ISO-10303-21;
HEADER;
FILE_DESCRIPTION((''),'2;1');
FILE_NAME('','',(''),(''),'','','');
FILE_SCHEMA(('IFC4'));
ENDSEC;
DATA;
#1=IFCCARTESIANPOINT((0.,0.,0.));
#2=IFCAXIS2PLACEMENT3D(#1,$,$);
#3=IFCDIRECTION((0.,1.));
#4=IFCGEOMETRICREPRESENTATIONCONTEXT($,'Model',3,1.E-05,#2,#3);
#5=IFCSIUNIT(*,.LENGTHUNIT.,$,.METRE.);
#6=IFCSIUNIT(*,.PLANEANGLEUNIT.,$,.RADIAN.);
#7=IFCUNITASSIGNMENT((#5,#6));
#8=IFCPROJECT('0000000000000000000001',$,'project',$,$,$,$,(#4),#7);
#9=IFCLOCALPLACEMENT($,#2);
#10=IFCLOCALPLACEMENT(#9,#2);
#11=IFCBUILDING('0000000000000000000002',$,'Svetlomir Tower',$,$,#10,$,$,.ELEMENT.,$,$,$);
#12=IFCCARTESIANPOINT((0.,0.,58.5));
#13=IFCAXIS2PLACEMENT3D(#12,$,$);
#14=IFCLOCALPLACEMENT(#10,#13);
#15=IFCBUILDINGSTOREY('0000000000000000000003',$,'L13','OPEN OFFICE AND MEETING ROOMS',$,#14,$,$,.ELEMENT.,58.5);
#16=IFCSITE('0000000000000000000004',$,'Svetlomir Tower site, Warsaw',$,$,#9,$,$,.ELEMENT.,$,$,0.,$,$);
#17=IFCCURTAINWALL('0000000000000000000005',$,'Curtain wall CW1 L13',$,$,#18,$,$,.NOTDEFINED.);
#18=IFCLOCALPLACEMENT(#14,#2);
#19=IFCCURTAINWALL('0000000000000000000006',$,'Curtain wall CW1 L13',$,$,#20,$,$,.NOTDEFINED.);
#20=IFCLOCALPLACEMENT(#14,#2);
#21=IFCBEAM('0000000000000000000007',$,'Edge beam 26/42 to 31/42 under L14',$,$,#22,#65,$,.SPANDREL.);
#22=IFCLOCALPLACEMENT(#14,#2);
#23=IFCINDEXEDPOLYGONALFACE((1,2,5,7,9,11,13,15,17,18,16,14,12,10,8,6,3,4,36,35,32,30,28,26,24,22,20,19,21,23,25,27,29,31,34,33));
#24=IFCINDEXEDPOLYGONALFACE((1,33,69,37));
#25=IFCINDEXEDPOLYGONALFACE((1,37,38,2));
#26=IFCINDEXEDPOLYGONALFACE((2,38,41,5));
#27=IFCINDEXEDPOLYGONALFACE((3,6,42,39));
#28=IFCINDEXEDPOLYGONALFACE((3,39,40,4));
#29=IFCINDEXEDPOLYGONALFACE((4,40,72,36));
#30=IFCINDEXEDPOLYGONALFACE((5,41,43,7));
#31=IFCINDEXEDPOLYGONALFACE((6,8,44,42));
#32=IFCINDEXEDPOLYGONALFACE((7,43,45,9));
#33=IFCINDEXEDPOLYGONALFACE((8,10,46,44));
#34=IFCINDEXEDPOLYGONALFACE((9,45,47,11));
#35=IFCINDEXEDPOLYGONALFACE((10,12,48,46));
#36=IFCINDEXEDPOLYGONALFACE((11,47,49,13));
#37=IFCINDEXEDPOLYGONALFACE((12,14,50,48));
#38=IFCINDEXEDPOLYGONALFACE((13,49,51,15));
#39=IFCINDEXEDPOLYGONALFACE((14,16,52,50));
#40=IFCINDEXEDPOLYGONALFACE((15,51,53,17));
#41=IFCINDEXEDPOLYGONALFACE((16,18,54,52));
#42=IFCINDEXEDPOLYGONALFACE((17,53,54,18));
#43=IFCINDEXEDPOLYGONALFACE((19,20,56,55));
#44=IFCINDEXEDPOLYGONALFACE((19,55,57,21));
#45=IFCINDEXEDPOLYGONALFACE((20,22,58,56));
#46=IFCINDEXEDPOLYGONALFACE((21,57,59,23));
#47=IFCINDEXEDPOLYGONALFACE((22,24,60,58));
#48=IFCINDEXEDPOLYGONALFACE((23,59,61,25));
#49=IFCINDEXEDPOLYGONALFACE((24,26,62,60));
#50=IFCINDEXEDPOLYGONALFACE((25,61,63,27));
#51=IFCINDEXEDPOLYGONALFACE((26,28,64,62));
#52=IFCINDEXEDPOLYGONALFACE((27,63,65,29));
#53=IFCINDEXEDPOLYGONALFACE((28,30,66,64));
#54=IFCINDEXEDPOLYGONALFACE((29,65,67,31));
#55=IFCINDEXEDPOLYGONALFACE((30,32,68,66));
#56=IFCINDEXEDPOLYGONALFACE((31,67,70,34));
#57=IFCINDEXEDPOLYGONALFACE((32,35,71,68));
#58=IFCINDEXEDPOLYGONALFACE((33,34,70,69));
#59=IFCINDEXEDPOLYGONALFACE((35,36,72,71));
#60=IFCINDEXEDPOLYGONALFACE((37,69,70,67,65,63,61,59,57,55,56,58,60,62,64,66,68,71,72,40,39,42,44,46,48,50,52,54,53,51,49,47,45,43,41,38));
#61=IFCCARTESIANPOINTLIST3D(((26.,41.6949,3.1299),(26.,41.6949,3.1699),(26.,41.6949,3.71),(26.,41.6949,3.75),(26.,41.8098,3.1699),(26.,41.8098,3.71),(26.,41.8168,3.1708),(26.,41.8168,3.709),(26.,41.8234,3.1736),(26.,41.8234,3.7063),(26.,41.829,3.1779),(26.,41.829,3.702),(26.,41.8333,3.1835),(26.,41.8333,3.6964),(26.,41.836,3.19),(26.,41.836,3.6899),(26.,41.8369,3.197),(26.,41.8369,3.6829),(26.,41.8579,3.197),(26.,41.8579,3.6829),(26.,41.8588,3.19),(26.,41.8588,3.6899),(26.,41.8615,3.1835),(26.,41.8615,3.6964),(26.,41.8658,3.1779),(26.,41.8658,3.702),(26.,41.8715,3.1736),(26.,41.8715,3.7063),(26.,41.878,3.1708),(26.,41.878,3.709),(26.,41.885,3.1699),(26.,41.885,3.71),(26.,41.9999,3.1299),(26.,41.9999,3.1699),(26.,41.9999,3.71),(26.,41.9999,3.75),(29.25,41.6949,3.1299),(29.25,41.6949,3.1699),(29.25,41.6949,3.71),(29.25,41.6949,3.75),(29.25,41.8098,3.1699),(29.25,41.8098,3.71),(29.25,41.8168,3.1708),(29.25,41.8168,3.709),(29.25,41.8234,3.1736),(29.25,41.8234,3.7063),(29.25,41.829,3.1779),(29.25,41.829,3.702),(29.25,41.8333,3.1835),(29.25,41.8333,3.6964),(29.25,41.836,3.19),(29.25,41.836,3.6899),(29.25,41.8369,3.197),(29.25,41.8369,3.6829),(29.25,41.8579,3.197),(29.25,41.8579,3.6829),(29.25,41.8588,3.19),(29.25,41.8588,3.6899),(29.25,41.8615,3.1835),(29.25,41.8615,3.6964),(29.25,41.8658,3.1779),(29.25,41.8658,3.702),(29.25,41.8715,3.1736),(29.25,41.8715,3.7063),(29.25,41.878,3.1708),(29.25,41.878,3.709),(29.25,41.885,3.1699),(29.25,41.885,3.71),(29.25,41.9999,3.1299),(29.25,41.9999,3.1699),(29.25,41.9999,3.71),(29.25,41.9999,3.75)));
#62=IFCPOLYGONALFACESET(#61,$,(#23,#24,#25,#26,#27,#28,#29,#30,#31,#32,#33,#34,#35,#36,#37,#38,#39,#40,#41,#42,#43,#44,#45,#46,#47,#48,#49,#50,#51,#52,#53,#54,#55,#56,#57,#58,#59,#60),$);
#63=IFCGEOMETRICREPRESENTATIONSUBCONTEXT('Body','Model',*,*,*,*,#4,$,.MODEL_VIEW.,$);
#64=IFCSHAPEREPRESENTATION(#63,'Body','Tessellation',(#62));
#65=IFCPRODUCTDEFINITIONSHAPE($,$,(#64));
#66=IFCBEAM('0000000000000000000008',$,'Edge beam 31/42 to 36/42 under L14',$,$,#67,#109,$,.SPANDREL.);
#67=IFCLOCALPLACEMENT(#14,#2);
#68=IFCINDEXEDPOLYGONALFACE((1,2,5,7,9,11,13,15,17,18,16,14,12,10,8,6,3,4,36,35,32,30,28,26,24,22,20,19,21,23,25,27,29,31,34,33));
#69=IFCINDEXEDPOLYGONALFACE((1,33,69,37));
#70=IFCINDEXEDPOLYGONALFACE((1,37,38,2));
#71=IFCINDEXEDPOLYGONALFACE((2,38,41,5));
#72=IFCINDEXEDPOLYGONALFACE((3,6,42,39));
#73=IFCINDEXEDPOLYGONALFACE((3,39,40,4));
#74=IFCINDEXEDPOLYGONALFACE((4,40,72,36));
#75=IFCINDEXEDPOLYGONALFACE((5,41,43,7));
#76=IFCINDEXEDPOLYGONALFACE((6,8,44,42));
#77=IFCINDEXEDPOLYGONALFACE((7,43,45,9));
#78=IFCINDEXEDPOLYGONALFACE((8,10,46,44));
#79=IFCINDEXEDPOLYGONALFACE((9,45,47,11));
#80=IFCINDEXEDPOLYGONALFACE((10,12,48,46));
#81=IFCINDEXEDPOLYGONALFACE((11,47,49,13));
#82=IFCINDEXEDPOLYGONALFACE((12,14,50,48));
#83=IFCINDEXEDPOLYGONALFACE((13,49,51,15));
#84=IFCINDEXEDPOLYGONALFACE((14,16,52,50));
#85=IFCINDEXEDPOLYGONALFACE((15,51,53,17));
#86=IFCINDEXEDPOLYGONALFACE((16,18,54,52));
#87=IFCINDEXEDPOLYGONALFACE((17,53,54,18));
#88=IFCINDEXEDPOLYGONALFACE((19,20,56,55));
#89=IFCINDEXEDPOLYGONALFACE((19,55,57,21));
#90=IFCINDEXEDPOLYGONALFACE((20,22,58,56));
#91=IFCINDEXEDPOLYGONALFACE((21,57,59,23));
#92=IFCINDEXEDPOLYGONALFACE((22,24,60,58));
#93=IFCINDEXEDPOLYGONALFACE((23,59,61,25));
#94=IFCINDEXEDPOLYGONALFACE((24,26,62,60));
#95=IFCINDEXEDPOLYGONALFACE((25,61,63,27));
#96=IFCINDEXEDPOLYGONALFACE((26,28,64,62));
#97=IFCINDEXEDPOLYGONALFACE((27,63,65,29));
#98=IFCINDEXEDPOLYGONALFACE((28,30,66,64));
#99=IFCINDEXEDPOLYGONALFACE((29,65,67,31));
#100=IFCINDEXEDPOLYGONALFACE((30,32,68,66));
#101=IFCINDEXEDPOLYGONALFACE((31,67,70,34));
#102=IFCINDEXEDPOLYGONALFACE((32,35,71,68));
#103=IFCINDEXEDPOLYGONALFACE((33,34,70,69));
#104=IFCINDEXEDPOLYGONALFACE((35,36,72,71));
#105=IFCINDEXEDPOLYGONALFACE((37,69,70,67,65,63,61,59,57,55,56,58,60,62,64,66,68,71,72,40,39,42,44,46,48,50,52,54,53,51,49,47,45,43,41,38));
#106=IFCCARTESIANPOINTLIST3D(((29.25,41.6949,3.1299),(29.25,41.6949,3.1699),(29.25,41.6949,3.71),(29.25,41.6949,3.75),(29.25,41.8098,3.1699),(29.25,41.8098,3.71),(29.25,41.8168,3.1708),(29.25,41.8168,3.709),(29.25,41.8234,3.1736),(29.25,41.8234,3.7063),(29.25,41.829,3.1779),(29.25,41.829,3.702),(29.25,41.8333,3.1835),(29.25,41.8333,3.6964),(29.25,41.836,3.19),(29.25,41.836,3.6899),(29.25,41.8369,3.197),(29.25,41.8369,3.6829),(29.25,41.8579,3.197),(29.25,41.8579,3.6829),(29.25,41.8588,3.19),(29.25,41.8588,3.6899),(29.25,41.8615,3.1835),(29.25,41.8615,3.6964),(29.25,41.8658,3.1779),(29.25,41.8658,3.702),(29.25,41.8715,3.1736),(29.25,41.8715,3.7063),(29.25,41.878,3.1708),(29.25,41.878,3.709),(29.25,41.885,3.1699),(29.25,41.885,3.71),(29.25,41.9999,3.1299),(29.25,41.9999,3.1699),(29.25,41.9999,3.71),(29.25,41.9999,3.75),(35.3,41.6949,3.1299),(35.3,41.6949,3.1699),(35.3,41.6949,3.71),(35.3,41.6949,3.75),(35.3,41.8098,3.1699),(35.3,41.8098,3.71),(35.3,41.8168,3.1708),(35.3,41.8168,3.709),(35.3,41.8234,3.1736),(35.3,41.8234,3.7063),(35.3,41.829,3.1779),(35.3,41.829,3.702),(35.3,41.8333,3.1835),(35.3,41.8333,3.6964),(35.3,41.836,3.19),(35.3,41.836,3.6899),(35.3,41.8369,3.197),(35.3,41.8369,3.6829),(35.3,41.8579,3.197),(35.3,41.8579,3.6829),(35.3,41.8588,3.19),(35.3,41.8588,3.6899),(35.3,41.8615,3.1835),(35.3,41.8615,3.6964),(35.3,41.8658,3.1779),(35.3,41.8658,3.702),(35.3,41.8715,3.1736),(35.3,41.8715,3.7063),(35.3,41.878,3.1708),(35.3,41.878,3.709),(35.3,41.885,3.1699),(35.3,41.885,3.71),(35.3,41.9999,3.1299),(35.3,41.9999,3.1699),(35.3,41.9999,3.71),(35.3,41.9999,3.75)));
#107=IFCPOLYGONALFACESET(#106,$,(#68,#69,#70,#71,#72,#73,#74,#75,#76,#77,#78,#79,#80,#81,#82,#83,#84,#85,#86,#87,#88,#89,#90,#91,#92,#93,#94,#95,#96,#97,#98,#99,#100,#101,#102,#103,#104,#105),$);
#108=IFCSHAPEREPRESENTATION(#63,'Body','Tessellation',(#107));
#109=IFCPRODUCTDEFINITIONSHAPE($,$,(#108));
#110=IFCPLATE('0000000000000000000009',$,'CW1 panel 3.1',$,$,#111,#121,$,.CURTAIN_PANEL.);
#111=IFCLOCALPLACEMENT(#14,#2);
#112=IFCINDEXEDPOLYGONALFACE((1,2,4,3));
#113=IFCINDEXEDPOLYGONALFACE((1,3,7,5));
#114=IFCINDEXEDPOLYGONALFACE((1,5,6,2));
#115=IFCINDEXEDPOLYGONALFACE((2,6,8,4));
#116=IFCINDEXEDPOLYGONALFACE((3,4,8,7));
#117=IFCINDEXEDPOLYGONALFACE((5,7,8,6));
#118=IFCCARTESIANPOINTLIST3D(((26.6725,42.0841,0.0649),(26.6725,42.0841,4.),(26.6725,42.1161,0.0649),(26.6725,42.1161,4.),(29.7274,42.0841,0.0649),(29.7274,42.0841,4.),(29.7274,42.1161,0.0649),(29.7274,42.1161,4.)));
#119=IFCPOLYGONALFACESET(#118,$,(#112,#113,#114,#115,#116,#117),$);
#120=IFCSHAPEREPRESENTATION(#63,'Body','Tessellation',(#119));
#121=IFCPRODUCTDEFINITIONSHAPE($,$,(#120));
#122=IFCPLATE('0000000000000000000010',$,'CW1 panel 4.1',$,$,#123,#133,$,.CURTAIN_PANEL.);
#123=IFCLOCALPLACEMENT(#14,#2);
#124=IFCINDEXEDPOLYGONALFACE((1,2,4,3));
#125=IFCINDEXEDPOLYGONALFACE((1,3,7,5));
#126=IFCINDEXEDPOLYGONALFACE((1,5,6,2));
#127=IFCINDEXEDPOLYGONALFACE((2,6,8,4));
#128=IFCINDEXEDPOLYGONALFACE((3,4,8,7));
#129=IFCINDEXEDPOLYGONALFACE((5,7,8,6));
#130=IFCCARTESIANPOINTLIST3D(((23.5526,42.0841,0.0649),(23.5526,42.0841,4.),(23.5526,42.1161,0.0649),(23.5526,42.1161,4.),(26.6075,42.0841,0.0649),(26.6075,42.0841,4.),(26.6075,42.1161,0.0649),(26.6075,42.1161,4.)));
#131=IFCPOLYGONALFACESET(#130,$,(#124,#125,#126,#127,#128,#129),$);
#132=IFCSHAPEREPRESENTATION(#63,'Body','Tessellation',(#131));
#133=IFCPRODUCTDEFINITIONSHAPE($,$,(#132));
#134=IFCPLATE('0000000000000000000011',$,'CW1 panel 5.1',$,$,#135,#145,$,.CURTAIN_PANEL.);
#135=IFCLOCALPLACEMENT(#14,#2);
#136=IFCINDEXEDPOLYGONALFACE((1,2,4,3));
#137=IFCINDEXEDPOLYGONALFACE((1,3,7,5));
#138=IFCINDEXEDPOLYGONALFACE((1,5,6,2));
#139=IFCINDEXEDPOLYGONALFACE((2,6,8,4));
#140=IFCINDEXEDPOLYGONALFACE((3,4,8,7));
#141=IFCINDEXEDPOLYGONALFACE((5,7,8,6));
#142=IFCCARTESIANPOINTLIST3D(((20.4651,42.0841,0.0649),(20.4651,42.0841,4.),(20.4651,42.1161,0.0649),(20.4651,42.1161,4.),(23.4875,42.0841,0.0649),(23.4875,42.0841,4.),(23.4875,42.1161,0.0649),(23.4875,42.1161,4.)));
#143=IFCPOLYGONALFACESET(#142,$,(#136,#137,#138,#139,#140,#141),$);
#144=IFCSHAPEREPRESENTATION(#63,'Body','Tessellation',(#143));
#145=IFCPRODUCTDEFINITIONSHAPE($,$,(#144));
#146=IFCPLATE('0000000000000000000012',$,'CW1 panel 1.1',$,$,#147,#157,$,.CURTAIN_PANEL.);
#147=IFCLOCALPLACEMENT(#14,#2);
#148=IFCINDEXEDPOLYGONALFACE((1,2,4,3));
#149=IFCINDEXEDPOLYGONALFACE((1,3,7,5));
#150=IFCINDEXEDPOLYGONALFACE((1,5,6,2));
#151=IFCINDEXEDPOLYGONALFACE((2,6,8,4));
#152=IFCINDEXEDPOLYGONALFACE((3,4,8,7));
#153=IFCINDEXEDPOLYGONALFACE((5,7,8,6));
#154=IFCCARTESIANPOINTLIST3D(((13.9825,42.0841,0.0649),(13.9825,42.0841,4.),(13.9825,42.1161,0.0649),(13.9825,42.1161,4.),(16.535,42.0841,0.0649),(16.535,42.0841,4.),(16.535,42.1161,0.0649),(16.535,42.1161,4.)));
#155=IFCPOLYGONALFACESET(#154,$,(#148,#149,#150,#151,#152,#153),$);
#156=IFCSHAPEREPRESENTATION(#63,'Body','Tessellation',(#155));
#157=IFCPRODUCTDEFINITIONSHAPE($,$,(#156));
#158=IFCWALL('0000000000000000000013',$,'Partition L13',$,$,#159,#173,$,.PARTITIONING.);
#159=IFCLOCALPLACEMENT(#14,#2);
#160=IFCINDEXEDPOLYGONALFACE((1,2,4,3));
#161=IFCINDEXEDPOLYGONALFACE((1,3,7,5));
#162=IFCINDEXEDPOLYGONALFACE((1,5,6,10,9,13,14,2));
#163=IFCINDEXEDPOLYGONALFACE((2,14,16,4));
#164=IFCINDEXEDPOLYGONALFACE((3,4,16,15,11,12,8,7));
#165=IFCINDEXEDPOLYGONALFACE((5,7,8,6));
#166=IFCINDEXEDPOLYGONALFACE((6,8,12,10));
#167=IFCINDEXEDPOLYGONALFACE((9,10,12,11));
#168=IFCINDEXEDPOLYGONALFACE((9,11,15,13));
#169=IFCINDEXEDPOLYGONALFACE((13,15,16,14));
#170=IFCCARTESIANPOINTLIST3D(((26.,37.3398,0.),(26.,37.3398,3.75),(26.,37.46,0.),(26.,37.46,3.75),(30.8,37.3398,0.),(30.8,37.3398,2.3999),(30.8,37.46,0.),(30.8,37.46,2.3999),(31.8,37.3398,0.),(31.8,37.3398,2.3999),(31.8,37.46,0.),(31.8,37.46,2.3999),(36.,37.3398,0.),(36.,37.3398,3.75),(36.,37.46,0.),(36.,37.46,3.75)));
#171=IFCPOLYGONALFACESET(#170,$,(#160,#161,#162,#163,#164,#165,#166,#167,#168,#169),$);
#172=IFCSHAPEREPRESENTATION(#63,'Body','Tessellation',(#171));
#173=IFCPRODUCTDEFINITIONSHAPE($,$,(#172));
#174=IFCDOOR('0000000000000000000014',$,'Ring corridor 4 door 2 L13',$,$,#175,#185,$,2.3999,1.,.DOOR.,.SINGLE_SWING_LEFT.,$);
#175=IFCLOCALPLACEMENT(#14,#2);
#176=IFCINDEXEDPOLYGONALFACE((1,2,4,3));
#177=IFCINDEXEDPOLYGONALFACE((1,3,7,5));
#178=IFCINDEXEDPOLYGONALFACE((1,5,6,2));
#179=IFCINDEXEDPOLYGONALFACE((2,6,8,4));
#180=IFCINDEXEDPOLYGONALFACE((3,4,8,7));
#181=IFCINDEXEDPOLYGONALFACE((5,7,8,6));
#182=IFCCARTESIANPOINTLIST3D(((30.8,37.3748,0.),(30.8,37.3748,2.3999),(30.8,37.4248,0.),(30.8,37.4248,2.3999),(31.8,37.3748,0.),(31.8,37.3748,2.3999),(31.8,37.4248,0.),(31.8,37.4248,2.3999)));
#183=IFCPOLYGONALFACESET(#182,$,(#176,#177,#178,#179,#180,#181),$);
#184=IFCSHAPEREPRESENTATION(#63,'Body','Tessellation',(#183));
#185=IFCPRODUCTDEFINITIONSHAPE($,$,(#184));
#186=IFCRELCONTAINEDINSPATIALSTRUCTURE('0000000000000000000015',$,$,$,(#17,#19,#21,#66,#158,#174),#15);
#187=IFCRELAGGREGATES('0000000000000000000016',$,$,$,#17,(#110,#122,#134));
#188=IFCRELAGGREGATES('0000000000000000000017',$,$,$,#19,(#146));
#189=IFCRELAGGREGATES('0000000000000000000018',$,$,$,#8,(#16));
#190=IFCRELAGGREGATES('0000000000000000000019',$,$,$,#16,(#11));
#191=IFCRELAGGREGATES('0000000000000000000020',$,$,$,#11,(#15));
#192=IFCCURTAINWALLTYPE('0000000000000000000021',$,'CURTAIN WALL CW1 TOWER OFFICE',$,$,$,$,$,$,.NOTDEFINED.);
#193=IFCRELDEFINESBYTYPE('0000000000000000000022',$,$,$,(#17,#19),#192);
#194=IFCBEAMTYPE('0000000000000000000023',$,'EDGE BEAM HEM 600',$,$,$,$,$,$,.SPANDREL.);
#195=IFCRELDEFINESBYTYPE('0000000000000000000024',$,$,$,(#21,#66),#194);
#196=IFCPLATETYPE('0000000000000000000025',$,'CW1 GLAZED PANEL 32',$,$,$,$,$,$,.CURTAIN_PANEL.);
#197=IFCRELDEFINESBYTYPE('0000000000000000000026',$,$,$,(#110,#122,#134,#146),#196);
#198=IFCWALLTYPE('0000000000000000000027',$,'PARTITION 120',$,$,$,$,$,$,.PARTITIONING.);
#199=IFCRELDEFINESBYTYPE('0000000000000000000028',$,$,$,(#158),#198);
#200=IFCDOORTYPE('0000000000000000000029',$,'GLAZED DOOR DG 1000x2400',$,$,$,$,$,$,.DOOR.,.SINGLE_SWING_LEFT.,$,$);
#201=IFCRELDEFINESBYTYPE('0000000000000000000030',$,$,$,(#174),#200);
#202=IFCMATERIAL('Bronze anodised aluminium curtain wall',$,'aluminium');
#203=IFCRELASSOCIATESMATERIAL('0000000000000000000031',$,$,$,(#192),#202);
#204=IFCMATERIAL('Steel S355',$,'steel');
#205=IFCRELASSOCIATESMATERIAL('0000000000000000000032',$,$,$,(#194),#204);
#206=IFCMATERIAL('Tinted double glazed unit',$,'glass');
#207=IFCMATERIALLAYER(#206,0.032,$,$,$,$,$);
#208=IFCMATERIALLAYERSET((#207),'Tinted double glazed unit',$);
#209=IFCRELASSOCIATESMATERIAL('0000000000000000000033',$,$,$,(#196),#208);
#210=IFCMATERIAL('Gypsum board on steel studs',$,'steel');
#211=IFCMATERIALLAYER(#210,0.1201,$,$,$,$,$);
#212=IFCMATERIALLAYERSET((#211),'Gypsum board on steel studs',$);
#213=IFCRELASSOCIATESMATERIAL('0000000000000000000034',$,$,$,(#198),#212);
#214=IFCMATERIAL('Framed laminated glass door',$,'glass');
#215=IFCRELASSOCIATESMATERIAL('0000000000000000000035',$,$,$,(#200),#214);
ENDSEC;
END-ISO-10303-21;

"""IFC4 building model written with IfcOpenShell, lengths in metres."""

from ifc_helpers import new_model, si_unit, direction, frame, frame_2d, origin, origin_2d, place, context, subcontext, project, spatial, rectangle, i_section, extrude, material, layer, layer_set, material_profile, profile_set, type_object, element, fill, aggregate, save


model = new_model("IFC4")

# Units and contexts
model_context = context("Model", 3, precision=1e-05, world=origin(), true_north=direction((0.0, 1.0)))
body_context = subcontext(model_context, "Body", "Model", "MODEL_VIEW")
ifc_project = project(units=[si_unit("LENGTHUNIT", "METRE"), si_unit("PLANEANGLEUNIT", "RADIAN")], contexts=[model_context])

# Site, building, storey
site_placement = place(None, origin())
site = spatial("IfcSite", under=ifc_project, at=site_placement, Name="Svetlomir Tower site, Warsaw", CompositionType="ELEMENT", RefElevation=0.0)
building_placement = place(site_placement, origin())
building = spatial("IfcBuilding", under=site, at=building_placement, Name="Svetlomir Tower", CompositionType="ELEMENT")
storey_placement = place(building_placement, frame((0.0, 0.0, 58.5)))
storey = spatial("IfcBuildingStorey", under=building, at=storey_placement, Name="L13", Description="OPEN OFFICE AND MEETING ROOMS", CompositionType="ELEMENT", Elevation=58.5)

# Curtain walls
ifc_material_1 = material(Name="Bronze anodised aluminium curtain wall", Category="aluminium")
curtain_wall_type = type_object("IfcCurtainWallType", Name="CURTAIN WALL CW1 TOWER OFFICE", PredefinedType="NOTDEFINED", material=ifc_material_1)
curtain_wall_1_placement = place(storey_placement, origin())
curtain_wall_1 = element("IfcCurtainWall", 1, at=curtain_wall_1_placement, inside=storey, type_object=curtain_wall_type, Name="Curtain wall CW1 L13", PredefinedType="NOTDEFINED")
curtain_wall_2_placement = place(storey_placement, origin())
curtain_wall_2 = element("IfcCurtainWall", 2, at=curtain_wall_2_placement, inside=storey, type_object=curtain_wall_type, Name="Curtain wall CW1 L13", PredefinedType="NOTDEFINED")

# Beams
ifc_material_2 = material(Name="Steel S355", Category="steel")
ifc_material_profile_1 = material_profile(ifc_material_2, i_section(OverallWidth=0.3049, OverallDepth=0.6201, WebThickness=0.021, FlangeThickness=0.04, FilletRadius=0.0271, at=origin_2d()), Name="HEM 600")
ifc_profile_set_1 = profile_set([ifc_material_profile_1], Name="Steel S355")
beam_type_1 = type_object("IfcBeamType", Name="EDGE BEAM HEM 600", PredefinedType="SPANDREL", material=ifc_profile_set_1)
beam_1_placement = place(storey_placement, frame((26.0, 41.8474, 3.4399), z_axis=(1.0, 0.0, 0.0), x_axis=(0.0, 1.0, 0.0)))
element("IfcBeam", 3, at=beam_1_placement, inside=storey, type_object=beam_type_1, Name="Edge beam 26/42 to 31/42 under L14", PredefinedType="SPANDREL", context=body_context, shape_type="SweptSolid", body=[
    extrude(i_section(OverallWidth=0.3049, OverallDepth=0.6201, WebThickness=0.021, FlangeThickness=0.04, FilletRadius=0.0271, at=origin_2d()), origin(), (0.0, 0.0, 1.0), 3.25),
])
beam_2_placement = place(storey_placement, frame((29.25, 41.8474, 3.4399), z_axis=(1.0, 0.0, 0.0), x_axis=(0.0, 1.0, 0.0)))
element("IfcBeam", 4, at=beam_2_placement, inside=storey, type_object=beam_type_1, Name="Edge beam 31/42 to 36/42 under L14", PredefinedType="SPANDREL", context=body_context, shape_type="SweptSolid", body=[
    extrude(i_section(OverallWidth=0.3049, OverallDepth=0.6201, WebThickness=0.021, FlangeThickness=0.04, FilletRadius=0.0271, at=origin_2d()), origin(), (0.0, 0.0, 1.0), 6.05),
])

# Plates
ifc_material_3 = material(Name="Tinted double glazed unit", Category="glass")
ifc_layer_1 = layer(ifc_material_3, 0.032)
ifc_layer_set_1 = layer_set([ifc_layer_1], Name="Tinted double glazed unit")
plate_type = type_object("IfcPlateType", Name="CW1 GLAZED PANEL 32", PredefinedType="CURTAIN_PANEL", material=ifc_layer_set_1)
plate_1_placement = place(storey_placement, frame((28.2, 42.1001, 0.0649), z_axis=(0.0, 0.0, 1.0), x_axis=(-1.0, 0.0, 0.0)))
plate_1 = element("IfcPlate", 5, at=plate_1_placement, type_object=plate_type, Name="CW1 panel 3.1", PredefinedType="CURTAIN_PANEL", context=body_context, shape_type="SweptSolid", body=[
    extrude(rectangle(XDim=3.0549, YDim=0.032, at=origin_2d()), origin(), (0.0, 0.0, 1.0), 3.9351),
])
plate_2_placement = place(storey_placement, frame((25.0801, 42.1001, 0.0649), z_axis=(0.0, 0.0, 1.0), x_axis=(-1.0, 0.0, 0.0)))
plate_2 = element("IfcPlate", 6, at=plate_2_placement, type_object=plate_type, Name="CW1 panel 4.1", PredefinedType="CURTAIN_PANEL", context=body_context, shape_type="SweptSolid", body=[
    extrude(rectangle(XDim=3.0549, YDim=0.032, at=origin_2d()), origin(), (0.0, 0.0, 1.0), 3.9351),
])
plate_3_placement = place(storey_placement, frame((21.9763, 42.1001, 0.0649), z_axis=(0.0, 0.0, 1.0), x_axis=(-1.0, 0.0, 0.0)))
plate_3 = element("IfcPlate", 7, at=plate_3_placement, type_object=plate_type, Name="CW1 panel 5.1", PredefinedType="CURTAIN_PANEL", context=body_context, shape_type="SweptSolid", body=[
    extrude(rectangle(XDim=3.0225, YDim=0.032, at=origin_2d()), origin(), (0.0, 0.0, 1.0), 3.9351),
])
aggregate(curtain_wall_1, [plate_1, plate_2, plate_3])
plate_4_placement = place(storey_placement, frame((15.2588, 42.1001, 0.0649), z_axis=(0.0, 0.0, 1.0), x_axis=(-1.0, 0.0, 0.0)))
plate_4 = element("IfcPlate", 8, at=plate_4_placement, type_object=plate_type, Name="CW1 panel 1.1", PredefinedType="CURTAIN_PANEL", context=body_context, shape_type="SweptSolid", body=[
    extrude(rectangle(XDim=2.5525, YDim=0.032, at=origin_2d()), origin(), (0.0, 0.0, 1.0), 3.9351),
])
aggregate(curtain_wall_2, [plate_4])

# Wall, opening, door
ifc_material_4 = material(Name="Gypsum board on steel studs", Category="steel")
ifc_layer_2 = layer(ifc_material_4, 0.1201)
ifc_layer_set_2 = layer_set([ifc_layer_2], Name="Gypsum board on steel studs")
wall_type_1 = type_object("IfcWallType", Name="PARTITION 120", PredefinedType="PARTITIONING", material=ifc_layer_set_2)
wall_1_placement = place(storey_placement, frame((26.0, 37.3999, 0.0), z_axis=(0.0, 0.0, 1.0), x_axis=(1.0, 0.0, 0.0)))
wall_1 = element("IfcWall", 9, at=wall_1_placement, inside=storey, type_object=wall_type_1, Name="Partition L13", PredefinedType="PARTITIONING", context=body_context, shape_type="SweptSolid", body=[
    extrude(rectangle(XDim=10.0, YDim=0.1201, at=frame_2d((5.0, 0.0))), origin(), (0.0, 0.0, 1.0), 3.75),
])
opening_1_placement = place(wall_1_placement, frame((4.8, 0.0, 0.0)))
opening_1 = element("IfcOpeningElement", 10, at=opening_1_placement, cuts=wall_1, PredefinedType="OPENING", context=body_context, shape_type="SweptSolid", body=[
    extrude(rectangle(XDim=1.0, YDim=2.3999, at=frame_2d((0.5, 1.2))), frame((0.0, 0.0701, 0.0), z_axis=(0.0, -1.0, 0.0), x_axis=(1.0, 0.0, 0.0)), (0.0, 0.0, 1.0), 0.1401),
])
ifc_material_5 = material(Name="Framed laminated glass door", Category="glass")
door_type_1 = type_object("IfcDoorType", Name="GLAZED DOOR DG 1000x2400", OperationType="SINGLE_SWING_LEFT", PredefinedType="DOOR", material=ifc_material_5)
door_1_placement = place(opening_1_placement, origin())
door_1 = element("IfcDoor", 11, at=door_1_placement, inside=storey, type_object=door_type_1, Name="Ring corridor 4 door 2 L13", OperationType="SINGLE_SWING_LEFT", OverallHeight=2.3999, OverallWidth=1.0, PredefinedType="DOOR", context=body_context, shape_type="SweptSolid", body=[
    extrude(rectangle(XDim=1.0, YDim=2.3999, at=frame_2d((0.5, 1.2))), frame((0.0, 0.0249, 0.0), z_axis=(0.0, -1.0, 0.0), x_axis=(1.0, 0.0, 0.0)), (0.0, 0.0, 1.0), 0.05),
])
fill(opening_1, door_1)

save(model, "model.ifc")
